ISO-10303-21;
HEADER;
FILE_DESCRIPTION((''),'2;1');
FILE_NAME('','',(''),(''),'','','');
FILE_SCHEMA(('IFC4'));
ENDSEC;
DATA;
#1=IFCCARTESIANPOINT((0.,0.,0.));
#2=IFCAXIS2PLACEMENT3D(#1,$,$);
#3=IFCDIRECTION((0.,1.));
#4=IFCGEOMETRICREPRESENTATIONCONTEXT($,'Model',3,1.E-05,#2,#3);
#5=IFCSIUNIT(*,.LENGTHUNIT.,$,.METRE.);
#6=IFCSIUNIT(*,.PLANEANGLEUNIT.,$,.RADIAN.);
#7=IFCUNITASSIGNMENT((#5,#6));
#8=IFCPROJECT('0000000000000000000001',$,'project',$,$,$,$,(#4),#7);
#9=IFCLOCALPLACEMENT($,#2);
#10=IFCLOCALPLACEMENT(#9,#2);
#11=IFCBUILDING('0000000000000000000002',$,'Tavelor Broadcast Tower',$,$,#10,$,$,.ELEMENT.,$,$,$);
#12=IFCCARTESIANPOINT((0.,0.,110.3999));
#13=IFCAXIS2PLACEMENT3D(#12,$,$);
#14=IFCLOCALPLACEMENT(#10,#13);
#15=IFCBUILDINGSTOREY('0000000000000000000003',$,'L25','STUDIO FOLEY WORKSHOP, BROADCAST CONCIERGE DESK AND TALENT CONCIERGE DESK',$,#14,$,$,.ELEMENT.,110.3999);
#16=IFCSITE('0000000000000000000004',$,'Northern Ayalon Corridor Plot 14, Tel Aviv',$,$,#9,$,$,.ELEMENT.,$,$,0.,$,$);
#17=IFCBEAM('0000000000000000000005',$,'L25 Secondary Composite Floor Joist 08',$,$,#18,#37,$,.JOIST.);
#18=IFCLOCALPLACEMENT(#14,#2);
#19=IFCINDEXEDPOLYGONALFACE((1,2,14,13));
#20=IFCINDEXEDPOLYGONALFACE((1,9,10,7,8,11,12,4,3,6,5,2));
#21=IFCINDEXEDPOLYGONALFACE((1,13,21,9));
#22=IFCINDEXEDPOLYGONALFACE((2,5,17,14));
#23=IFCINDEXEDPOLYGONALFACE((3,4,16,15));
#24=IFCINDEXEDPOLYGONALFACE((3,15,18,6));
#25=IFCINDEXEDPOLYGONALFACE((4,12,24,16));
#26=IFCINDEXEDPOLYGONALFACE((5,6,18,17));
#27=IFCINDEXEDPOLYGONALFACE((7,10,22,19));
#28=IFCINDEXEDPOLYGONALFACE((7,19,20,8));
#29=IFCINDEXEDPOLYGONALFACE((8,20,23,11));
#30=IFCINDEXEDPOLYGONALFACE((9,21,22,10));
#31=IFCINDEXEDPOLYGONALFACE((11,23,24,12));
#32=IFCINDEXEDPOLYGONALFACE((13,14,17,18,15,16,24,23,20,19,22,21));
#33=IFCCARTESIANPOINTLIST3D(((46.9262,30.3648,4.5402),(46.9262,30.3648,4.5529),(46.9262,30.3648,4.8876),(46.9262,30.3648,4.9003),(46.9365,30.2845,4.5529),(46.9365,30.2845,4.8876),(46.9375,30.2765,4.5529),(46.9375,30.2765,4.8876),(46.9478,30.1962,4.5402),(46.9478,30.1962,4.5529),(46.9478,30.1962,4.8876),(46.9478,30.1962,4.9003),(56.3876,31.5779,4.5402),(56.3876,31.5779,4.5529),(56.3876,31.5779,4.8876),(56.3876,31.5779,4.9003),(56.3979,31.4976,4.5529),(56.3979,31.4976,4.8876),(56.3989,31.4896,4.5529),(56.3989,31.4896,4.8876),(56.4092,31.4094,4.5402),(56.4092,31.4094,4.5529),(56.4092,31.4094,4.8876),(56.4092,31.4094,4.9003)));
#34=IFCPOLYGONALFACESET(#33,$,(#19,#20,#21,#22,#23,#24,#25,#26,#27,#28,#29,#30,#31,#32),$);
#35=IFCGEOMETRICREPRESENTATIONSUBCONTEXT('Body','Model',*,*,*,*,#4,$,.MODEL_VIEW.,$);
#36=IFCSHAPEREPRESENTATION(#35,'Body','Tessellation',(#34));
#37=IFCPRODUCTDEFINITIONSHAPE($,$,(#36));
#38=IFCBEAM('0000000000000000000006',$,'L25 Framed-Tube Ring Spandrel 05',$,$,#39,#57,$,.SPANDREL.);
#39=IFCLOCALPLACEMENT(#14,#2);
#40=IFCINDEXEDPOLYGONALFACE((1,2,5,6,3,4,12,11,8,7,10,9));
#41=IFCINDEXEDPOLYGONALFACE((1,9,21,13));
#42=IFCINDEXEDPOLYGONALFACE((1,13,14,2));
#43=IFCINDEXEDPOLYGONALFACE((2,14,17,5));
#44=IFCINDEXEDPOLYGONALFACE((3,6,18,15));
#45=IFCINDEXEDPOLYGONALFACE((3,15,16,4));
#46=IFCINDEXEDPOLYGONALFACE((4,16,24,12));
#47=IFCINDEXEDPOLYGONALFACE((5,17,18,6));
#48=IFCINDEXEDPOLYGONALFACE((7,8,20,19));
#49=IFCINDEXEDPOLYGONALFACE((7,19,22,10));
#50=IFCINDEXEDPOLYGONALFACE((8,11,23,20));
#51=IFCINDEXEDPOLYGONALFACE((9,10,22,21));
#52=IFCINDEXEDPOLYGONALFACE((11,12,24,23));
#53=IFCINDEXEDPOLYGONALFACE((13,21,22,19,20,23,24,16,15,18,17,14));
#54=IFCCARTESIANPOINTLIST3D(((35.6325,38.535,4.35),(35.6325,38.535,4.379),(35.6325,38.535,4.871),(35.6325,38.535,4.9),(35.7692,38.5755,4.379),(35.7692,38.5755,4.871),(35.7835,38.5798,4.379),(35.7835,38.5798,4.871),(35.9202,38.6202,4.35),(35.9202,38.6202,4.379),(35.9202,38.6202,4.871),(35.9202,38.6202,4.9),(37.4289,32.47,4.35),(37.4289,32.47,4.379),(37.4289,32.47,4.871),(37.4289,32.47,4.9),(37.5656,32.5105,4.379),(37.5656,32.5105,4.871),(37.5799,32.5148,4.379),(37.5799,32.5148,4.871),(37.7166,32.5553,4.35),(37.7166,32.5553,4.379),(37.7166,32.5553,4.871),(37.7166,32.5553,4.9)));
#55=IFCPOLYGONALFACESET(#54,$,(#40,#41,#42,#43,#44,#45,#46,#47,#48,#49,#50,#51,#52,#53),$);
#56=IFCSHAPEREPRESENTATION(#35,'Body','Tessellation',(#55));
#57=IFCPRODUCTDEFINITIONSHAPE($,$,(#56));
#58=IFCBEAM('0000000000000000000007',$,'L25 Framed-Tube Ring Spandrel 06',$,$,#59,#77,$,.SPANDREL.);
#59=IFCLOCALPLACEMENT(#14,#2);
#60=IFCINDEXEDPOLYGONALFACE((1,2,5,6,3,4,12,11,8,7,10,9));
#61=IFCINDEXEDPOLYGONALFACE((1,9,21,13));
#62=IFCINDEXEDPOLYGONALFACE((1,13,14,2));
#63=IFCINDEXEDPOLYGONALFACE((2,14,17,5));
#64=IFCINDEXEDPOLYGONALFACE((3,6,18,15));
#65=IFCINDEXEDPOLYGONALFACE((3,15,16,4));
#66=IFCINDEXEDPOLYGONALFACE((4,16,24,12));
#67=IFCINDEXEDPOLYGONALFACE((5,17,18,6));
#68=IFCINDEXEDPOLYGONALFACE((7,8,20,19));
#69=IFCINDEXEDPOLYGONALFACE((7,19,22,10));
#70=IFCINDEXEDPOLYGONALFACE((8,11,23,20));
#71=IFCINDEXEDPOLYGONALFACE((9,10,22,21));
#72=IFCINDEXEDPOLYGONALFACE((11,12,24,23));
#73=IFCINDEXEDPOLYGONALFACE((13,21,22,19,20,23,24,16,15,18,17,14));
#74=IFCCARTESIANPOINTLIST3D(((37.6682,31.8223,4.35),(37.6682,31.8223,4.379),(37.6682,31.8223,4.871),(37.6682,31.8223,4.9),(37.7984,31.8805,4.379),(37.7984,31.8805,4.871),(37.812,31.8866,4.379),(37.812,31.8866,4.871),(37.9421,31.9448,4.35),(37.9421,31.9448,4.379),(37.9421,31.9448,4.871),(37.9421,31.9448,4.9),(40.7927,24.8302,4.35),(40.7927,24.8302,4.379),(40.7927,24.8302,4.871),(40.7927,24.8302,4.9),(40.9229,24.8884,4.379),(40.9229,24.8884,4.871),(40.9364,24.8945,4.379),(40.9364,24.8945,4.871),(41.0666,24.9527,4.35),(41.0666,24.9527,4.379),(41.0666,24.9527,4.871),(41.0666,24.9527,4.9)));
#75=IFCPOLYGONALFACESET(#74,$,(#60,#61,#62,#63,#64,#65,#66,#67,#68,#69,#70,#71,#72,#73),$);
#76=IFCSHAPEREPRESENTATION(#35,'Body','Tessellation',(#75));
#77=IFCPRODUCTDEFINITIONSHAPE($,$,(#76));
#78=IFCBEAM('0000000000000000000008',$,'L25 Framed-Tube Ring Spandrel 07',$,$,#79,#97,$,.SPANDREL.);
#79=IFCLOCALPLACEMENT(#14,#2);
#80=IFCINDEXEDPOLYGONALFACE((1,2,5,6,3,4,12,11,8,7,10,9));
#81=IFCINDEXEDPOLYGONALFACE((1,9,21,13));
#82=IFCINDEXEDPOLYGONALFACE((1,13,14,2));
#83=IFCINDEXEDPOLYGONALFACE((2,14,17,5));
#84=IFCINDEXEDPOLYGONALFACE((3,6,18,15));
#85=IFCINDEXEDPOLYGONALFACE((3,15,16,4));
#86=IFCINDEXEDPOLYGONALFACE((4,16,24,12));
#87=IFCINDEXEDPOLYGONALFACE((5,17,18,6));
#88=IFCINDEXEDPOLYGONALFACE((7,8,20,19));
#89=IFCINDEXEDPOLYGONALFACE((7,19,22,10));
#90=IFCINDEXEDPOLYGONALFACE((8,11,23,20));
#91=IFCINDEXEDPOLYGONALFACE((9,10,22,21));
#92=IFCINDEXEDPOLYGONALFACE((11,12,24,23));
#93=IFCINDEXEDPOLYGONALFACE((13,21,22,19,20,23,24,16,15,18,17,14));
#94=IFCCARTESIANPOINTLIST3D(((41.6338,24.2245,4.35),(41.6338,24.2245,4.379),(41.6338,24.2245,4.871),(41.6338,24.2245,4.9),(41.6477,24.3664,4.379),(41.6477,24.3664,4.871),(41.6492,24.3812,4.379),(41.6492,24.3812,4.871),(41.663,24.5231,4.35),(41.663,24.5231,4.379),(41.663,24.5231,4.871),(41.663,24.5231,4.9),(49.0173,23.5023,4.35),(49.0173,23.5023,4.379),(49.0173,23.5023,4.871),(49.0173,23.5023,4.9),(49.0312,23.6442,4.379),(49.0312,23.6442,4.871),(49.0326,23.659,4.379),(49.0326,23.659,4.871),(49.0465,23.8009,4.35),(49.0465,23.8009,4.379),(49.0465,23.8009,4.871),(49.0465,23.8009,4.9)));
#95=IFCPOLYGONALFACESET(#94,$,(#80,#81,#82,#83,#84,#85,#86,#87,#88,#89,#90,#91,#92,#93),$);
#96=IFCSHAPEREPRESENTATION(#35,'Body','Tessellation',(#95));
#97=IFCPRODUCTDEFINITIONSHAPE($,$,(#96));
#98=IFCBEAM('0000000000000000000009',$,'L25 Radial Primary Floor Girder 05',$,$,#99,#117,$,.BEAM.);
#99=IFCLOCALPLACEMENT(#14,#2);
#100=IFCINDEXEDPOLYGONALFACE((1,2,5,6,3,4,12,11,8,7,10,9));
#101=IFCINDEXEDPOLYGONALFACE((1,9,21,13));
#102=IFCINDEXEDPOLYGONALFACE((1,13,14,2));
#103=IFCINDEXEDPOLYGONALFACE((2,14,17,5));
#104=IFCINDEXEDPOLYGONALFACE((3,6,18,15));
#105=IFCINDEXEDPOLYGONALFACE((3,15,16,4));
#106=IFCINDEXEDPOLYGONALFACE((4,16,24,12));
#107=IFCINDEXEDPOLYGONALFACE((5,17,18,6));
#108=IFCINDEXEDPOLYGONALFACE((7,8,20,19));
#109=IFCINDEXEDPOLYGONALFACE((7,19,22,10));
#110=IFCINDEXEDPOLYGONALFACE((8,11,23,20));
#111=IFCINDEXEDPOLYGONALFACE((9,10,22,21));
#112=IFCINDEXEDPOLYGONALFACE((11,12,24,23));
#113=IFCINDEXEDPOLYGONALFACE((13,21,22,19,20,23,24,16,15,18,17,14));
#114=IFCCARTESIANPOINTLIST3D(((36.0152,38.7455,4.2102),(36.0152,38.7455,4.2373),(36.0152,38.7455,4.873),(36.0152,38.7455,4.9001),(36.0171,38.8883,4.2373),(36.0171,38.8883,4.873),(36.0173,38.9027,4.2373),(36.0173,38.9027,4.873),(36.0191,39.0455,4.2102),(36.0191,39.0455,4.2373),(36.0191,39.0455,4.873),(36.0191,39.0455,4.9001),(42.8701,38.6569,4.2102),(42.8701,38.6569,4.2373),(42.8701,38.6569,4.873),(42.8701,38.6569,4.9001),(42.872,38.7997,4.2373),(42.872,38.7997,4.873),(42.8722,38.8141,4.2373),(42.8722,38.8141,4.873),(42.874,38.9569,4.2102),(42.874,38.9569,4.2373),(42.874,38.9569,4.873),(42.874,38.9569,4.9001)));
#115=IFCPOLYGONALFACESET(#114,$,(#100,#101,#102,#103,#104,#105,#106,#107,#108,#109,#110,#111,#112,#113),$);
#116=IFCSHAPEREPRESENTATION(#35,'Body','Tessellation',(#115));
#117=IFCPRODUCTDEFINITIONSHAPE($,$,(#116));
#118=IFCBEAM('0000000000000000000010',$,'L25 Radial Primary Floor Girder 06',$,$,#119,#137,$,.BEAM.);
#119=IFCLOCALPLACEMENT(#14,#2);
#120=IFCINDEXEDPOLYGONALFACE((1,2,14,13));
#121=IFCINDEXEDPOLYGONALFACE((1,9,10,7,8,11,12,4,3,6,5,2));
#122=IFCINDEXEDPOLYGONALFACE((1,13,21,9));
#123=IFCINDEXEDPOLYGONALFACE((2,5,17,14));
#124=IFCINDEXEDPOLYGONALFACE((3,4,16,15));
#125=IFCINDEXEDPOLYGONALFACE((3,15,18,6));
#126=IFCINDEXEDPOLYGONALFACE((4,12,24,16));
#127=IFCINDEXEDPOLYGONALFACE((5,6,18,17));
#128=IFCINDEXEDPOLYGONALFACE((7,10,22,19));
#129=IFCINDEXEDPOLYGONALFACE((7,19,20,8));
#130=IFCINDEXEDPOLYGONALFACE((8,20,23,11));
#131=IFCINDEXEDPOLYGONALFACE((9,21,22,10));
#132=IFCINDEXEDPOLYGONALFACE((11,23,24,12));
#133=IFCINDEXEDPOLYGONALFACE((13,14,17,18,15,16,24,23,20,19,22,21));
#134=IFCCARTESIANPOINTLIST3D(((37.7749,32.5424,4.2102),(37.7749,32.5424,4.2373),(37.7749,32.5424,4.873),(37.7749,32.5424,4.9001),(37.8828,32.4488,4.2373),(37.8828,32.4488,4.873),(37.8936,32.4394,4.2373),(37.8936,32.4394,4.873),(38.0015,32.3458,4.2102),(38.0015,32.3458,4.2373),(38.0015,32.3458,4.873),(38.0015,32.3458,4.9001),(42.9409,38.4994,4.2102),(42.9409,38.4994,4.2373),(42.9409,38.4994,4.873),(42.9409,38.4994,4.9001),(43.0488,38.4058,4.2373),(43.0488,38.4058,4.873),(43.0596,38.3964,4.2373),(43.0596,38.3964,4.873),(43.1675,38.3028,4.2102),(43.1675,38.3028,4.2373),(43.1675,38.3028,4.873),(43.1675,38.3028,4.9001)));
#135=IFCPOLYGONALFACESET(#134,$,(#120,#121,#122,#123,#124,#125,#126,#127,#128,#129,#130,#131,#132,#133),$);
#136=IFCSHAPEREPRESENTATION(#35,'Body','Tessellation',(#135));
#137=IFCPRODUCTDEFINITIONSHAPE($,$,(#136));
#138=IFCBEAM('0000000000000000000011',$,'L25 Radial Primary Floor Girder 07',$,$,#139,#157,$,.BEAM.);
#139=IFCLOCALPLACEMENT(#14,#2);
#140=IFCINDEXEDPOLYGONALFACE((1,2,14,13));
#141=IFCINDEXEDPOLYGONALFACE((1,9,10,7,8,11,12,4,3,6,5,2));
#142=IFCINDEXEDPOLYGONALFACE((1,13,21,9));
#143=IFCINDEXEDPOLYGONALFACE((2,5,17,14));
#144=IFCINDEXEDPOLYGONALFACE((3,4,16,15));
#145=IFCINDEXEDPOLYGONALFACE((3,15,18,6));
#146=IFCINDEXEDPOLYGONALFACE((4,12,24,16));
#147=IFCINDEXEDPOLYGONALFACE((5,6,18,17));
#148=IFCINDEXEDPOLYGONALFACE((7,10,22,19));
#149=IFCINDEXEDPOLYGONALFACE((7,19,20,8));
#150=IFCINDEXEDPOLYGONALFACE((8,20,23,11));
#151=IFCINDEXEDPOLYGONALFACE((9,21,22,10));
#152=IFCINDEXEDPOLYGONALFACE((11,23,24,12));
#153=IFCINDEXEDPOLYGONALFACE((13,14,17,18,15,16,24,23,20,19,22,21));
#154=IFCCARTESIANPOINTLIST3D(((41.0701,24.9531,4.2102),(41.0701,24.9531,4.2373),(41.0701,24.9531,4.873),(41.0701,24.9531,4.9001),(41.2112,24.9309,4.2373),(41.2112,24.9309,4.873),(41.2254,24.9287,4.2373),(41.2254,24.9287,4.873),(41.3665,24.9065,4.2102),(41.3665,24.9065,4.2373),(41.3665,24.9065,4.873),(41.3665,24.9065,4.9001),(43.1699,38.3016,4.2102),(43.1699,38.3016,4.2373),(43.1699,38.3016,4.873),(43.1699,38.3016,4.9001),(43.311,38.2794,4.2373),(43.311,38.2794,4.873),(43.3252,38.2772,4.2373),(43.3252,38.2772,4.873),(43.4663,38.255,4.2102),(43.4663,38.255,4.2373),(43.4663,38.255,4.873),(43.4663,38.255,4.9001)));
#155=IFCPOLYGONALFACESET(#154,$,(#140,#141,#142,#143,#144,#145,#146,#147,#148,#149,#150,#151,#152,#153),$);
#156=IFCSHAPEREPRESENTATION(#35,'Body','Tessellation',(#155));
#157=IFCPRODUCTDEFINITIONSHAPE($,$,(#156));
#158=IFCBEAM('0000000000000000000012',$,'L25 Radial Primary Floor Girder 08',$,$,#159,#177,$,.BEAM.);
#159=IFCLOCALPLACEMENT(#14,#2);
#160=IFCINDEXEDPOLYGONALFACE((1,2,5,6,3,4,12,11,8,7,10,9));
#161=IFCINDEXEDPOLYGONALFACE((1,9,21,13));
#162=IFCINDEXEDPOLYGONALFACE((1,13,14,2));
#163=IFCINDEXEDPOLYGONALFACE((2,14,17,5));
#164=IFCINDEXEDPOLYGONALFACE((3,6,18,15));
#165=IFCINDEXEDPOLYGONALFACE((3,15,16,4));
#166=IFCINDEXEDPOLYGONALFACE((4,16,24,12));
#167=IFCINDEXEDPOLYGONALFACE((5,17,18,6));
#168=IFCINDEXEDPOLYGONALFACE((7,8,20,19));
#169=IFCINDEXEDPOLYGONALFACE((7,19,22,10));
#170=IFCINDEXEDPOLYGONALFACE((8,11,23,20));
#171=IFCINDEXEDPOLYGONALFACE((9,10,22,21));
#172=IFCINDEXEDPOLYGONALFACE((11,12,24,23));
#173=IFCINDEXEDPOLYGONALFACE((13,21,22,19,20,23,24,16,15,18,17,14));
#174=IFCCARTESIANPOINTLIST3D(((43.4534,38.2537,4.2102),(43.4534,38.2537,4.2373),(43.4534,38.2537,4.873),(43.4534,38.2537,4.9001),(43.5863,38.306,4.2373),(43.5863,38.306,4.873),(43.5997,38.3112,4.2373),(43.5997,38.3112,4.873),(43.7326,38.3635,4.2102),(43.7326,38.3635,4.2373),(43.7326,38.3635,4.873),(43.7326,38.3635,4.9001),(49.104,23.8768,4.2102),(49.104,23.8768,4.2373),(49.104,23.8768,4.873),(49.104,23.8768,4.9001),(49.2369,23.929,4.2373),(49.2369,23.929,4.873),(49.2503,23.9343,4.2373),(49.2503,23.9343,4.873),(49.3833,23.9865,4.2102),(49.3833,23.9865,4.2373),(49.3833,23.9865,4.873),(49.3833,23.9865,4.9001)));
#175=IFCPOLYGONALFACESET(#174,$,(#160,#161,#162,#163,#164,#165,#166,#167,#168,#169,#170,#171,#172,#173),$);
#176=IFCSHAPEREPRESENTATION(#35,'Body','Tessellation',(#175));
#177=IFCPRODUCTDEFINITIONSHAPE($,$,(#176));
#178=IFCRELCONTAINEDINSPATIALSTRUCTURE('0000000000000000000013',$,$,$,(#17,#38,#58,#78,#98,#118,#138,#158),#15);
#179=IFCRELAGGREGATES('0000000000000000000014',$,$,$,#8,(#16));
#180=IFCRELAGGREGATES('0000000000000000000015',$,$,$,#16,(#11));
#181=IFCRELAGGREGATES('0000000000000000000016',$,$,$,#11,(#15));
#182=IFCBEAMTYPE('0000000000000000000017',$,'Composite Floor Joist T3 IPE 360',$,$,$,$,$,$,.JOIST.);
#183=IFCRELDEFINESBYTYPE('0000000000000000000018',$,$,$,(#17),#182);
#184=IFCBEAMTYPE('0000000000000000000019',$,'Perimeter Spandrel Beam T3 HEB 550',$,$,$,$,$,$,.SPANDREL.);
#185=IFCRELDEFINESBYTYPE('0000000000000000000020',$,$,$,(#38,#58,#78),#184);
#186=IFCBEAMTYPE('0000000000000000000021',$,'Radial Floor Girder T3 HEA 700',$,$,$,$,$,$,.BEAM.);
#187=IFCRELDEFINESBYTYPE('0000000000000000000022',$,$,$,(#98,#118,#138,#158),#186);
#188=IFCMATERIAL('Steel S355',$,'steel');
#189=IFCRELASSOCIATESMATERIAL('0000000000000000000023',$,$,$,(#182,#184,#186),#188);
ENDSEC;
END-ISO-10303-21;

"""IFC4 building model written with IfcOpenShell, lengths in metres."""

from ifc_helpers import new_model, si_unit, direction, frame, origin, origin_2d, place, context, subcontext, project, spatial, i_section, extrude, material, material_profile, profile_set, type_object, element, save


model = new_model("IFC4")

# Units and contexts
model_context = context("Model", 3, precision=1e-05, world=origin(), true_north=direction((0.0, 1.0)))
body_context = subcontext(model_context, "Body", "Model", "MODEL_VIEW")
ifc_project = project(units=[si_unit("LENGTHUNIT", "METRE"), si_unit("PLANEANGLEUNIT", "RADIAN")], contexts=[model_context])

# Site, building, storey
site_placement = place(None, origin())
site = spatial("IfcSite", under=ifc_project, at=site_placement, Name="Northern Ayalon Corridor Plot 14, Tel Aviv", CompositionType="ELEMENT", RefElevation=0.0)
building_placement = place(site_placement, origin())
building = spatial("IfcBuilding", under=site, at=building_placement, Name="Tavelor Broadcast Tower", CompositionType="ELEMENT")
storey_placement = place(building_placement, frame((0.0, 0.0, 110.3999)))
storey = spatial("IfcBuildingStorey", under=building, at=storey_placement, Name="L25", Description="STUDIO FOLEY WORKSHOP, BROADCAST CONCIERGE DESK AND TALENT CONCIERGE DESK", CompositionType="ELEMENT", Elevation=110.3999)

# Beams
ifc_material_1 = material(Name="Steel S355", Category="steel")
ifc_material_profile_1 = material_profile(ifc_material_1, i_section(OverallWidth=0.1699, OverallDepth=0.3601, WebThickness=0.0081, FlangeThickness=0.0127, at=origin_2d()), Name="IPE 360")
ifc_profile_set_1 = profile_set([ifc_material_profile_1], Name="Steel S355")
beam_type_1 = type_object("IfcBeamType", Name="Composite Floor Joist T3 IPE 360", PredefinedType="JOIST", material=ifc_profile_set_1)
beam_1_placement = place(storey_placement, frame((46.937, 30.2805, 4.7202), z_axis=(0.99188, 0.127178, 0.0), x_axis=(-0.127178, 0.99188, 0.0)))
element("IfcBeam", 1, at=beam_1_placement, inside=storey, type_object=beam_type_1, Name="L25 Secondary Composite Floor Joist 08", PredefinedType="JOIST", context=body_context, shape_type="SweptSolid", body=[
    extrude(i_section(OverallWidth=0.1699, OverallDepth=0.3601, WebThickness=0.0081, FlangeThickness=0.0127, at=origin_2d()), origin(), (0.0, 0.0, 1.0), 9.5388),
])
ifc_material_profile_2 = material_profile(ifc_material_1, i_section(OverallWidth=0.3, OverallDepth=0.55, WebThickness=0.0149, FlangeThickness=0.0291, at=origin_2d()), Name="HEB 550")
ifc_profile_set_2 = profile_set([ifc_material_profile_2], Name="Steel S355")
beam_type_2 = type_object("IfcBeamType", Name="Perimeter Spandrel Beam T3 HEB 550", PredefinedType="SPANDREL", material=ifc_profile_set_2)
beam_2_placement = place(storey_placement, frame((35.7764, 38.5776, 4.625), z_axis=(0.283996, -0.958825, 0.0), x_axis=(0.958825, 0.283996, 0.0)))
element("IfcBeam", 2, at=beam_2_placement, inside=storey, type_object=beam_type_2, Name="L25 Framed-Tube Ring Spandrel 05", PredefinedType="SPANDREL", context=body_context, shape_type="SweptSolid", body=[
    extrude(i_section(OverallWidth=0.3, OverallDepth=0.55, WebThickness=0.0149, FlangeThickness=0.0291, at=origin_2d()), origin(), (0.0, 0.0, 1.0), 6.3254),
])
beam_3_placement = place(storey_placement, frame((37.8052, 31.8835, 4.625), z_axis=(0.407977, -0.912992, 0.0), x_axis=(0.912992, 0.407977, 0.0)))
element("IfcBeam", 3, at=beam_3_placement, inside=storey, type_object=beam_type_2, Name="L25 Framed-Tube Ring Spandrel 06", PredefinedType="SPANDREL", context=body_context, shape_type="SweptSolid", body=[
    extrude(i_section(OverallWidth=0.3, OverallDepth=0.55, WebThickness=0.0149, FlangeThickness=0.0291, at=origin_2d()), origin(), (0.0, 0.0, 1.0), 7.6584),
])
beam_4_placement = place(storey_placement, frame((41.6484, 24.3738, 4.625), z_axis=(0.995251, -0.097343, 0.0), x_axis=(0.097343, 0.995251, 0.0)))
element("IfcBeam", 4, at=beam_4_placement, inside=storey, type_object=beam_type_2, Name="L25 Framed-Tube Ring Spandrel 07", PredefinedType="SPANDREL", context=body_context, shape_type="SweptSolid", body=[
    extrude(i_section(OverallWidth=0.3, OverallDepth=0.55, WebThickness=0.0149, FlangeThickness=0.0291, at=origin_2d()), origin(), (0.0, 0.0, 1.0), 7.4187),
])
ifc_material_profile_3 = material_profile(ifc_material_1, i_section(OverallWidth=0.3, OverallDepth=0.6899, WebThickness=0.0144, FlangeThickness=0.0271, at=origin_2d()), Name="HEA 700")
ifc_profile_set_3 = profile_set([ifc_material_profile_3], Name="Steel S355")
beam_type_3 = type_object("IfcBeamType", Name="Radial Floor Girder T3 HEA 700", PredefinedType="BEAM", material=ifc_profile_set_3)
beam_5_placement = place(storey_placement, frame((42.8721, 38.8069, 4.5552), z_axis=(-0.999916, 0.012927, 0.0), x_axis=(-0.012927, -0.999916, 0.0)))
element("IfcBeam", 5, at=beam_5_placement, inside=storey, type_object=beam_type_3, Name="L25 Radial Primary Floor Girder 05", PredefinedType="BEAM", context=body_context, shape_type="SweptSolid", body=[
    extrude(i_section(OverallWidth=0.3, OverallDepth=0.6899, WebThickness=0.0144, FlangeThickness=0.0271, at=origin_2d()), origin(), (0.0, 0.0, 1.0), 6.8555),
])
beam_6_placement = place(storey_placement, frame((43.0542, 38.4011, 4.5552), z_axis=(-0.655166, -0.755485, 0.0), x_axis=(0.755485, -0.655166, 0.0)))
element("IfcBeam", 6, at=beam_6_placement, inside=storey, type_object=beam_type_3, Name="L25 Radial Primary Floor Girder 06", PredefinedType="BEAM", context=body_context, shape_type="SweptSolid", body=[
    extrude(i_section(OverallWidth=0.3, OverallDepth=0.6899, WebThickness=0.0144, FlangeThickness=0.0271, at=origin_2d()), origin(), (0.0, 0.0, 1.0), 7.885),
])
beam_7_placement = place(storey_placement, frame((43.3181, 38.2783, 4.5552), z_axis=(-0.155398, -0.987852, 0.0), x_axis=(0.987852, -0.155398, 0.0)))
element("IfcBeam", 7, at=beam_7_placement, inside=storey, type_object=beam_type_3, Name="L25 Radial Primary Floor Girder 07", PredefinedType="BEAM", context=body_context, shape_type="SweptSolid", body=[
    extrude(i_section(OverallWidth=0.3, OverallDepth=0.6899, WebThickness=0.0144, FlangeThickness=0.0271, at=origin_2d()), origin(), (0.0, 0.0, 1.0), 13.5127),
])
beam_8_placement = place(storey_placement, frame((43.593, 38.3086, 4.5552), z_axis=(0.365795, -0.930695, 0.0), x_axis=(0.930695, 0.365795, 0.0)))
element("IfcBeam", 8, at=beam_8_placement, inside=storey, type_object=beam_type_3, Name="L25 Radial Primary Floor Girder 08", PredefinedType="BEAM", context=body_context, shape_type="SweptSolid", body=[
    extrude(i_section(OverallWidth=0.3, OverallDepth=0.6899, WebThickness=0.0144, FlangeThickness=0.0271, at=origin_2d()), origin(), (0.0, 0.0, 1.0), 15.4475),
])

save(model, "model.ifc")
